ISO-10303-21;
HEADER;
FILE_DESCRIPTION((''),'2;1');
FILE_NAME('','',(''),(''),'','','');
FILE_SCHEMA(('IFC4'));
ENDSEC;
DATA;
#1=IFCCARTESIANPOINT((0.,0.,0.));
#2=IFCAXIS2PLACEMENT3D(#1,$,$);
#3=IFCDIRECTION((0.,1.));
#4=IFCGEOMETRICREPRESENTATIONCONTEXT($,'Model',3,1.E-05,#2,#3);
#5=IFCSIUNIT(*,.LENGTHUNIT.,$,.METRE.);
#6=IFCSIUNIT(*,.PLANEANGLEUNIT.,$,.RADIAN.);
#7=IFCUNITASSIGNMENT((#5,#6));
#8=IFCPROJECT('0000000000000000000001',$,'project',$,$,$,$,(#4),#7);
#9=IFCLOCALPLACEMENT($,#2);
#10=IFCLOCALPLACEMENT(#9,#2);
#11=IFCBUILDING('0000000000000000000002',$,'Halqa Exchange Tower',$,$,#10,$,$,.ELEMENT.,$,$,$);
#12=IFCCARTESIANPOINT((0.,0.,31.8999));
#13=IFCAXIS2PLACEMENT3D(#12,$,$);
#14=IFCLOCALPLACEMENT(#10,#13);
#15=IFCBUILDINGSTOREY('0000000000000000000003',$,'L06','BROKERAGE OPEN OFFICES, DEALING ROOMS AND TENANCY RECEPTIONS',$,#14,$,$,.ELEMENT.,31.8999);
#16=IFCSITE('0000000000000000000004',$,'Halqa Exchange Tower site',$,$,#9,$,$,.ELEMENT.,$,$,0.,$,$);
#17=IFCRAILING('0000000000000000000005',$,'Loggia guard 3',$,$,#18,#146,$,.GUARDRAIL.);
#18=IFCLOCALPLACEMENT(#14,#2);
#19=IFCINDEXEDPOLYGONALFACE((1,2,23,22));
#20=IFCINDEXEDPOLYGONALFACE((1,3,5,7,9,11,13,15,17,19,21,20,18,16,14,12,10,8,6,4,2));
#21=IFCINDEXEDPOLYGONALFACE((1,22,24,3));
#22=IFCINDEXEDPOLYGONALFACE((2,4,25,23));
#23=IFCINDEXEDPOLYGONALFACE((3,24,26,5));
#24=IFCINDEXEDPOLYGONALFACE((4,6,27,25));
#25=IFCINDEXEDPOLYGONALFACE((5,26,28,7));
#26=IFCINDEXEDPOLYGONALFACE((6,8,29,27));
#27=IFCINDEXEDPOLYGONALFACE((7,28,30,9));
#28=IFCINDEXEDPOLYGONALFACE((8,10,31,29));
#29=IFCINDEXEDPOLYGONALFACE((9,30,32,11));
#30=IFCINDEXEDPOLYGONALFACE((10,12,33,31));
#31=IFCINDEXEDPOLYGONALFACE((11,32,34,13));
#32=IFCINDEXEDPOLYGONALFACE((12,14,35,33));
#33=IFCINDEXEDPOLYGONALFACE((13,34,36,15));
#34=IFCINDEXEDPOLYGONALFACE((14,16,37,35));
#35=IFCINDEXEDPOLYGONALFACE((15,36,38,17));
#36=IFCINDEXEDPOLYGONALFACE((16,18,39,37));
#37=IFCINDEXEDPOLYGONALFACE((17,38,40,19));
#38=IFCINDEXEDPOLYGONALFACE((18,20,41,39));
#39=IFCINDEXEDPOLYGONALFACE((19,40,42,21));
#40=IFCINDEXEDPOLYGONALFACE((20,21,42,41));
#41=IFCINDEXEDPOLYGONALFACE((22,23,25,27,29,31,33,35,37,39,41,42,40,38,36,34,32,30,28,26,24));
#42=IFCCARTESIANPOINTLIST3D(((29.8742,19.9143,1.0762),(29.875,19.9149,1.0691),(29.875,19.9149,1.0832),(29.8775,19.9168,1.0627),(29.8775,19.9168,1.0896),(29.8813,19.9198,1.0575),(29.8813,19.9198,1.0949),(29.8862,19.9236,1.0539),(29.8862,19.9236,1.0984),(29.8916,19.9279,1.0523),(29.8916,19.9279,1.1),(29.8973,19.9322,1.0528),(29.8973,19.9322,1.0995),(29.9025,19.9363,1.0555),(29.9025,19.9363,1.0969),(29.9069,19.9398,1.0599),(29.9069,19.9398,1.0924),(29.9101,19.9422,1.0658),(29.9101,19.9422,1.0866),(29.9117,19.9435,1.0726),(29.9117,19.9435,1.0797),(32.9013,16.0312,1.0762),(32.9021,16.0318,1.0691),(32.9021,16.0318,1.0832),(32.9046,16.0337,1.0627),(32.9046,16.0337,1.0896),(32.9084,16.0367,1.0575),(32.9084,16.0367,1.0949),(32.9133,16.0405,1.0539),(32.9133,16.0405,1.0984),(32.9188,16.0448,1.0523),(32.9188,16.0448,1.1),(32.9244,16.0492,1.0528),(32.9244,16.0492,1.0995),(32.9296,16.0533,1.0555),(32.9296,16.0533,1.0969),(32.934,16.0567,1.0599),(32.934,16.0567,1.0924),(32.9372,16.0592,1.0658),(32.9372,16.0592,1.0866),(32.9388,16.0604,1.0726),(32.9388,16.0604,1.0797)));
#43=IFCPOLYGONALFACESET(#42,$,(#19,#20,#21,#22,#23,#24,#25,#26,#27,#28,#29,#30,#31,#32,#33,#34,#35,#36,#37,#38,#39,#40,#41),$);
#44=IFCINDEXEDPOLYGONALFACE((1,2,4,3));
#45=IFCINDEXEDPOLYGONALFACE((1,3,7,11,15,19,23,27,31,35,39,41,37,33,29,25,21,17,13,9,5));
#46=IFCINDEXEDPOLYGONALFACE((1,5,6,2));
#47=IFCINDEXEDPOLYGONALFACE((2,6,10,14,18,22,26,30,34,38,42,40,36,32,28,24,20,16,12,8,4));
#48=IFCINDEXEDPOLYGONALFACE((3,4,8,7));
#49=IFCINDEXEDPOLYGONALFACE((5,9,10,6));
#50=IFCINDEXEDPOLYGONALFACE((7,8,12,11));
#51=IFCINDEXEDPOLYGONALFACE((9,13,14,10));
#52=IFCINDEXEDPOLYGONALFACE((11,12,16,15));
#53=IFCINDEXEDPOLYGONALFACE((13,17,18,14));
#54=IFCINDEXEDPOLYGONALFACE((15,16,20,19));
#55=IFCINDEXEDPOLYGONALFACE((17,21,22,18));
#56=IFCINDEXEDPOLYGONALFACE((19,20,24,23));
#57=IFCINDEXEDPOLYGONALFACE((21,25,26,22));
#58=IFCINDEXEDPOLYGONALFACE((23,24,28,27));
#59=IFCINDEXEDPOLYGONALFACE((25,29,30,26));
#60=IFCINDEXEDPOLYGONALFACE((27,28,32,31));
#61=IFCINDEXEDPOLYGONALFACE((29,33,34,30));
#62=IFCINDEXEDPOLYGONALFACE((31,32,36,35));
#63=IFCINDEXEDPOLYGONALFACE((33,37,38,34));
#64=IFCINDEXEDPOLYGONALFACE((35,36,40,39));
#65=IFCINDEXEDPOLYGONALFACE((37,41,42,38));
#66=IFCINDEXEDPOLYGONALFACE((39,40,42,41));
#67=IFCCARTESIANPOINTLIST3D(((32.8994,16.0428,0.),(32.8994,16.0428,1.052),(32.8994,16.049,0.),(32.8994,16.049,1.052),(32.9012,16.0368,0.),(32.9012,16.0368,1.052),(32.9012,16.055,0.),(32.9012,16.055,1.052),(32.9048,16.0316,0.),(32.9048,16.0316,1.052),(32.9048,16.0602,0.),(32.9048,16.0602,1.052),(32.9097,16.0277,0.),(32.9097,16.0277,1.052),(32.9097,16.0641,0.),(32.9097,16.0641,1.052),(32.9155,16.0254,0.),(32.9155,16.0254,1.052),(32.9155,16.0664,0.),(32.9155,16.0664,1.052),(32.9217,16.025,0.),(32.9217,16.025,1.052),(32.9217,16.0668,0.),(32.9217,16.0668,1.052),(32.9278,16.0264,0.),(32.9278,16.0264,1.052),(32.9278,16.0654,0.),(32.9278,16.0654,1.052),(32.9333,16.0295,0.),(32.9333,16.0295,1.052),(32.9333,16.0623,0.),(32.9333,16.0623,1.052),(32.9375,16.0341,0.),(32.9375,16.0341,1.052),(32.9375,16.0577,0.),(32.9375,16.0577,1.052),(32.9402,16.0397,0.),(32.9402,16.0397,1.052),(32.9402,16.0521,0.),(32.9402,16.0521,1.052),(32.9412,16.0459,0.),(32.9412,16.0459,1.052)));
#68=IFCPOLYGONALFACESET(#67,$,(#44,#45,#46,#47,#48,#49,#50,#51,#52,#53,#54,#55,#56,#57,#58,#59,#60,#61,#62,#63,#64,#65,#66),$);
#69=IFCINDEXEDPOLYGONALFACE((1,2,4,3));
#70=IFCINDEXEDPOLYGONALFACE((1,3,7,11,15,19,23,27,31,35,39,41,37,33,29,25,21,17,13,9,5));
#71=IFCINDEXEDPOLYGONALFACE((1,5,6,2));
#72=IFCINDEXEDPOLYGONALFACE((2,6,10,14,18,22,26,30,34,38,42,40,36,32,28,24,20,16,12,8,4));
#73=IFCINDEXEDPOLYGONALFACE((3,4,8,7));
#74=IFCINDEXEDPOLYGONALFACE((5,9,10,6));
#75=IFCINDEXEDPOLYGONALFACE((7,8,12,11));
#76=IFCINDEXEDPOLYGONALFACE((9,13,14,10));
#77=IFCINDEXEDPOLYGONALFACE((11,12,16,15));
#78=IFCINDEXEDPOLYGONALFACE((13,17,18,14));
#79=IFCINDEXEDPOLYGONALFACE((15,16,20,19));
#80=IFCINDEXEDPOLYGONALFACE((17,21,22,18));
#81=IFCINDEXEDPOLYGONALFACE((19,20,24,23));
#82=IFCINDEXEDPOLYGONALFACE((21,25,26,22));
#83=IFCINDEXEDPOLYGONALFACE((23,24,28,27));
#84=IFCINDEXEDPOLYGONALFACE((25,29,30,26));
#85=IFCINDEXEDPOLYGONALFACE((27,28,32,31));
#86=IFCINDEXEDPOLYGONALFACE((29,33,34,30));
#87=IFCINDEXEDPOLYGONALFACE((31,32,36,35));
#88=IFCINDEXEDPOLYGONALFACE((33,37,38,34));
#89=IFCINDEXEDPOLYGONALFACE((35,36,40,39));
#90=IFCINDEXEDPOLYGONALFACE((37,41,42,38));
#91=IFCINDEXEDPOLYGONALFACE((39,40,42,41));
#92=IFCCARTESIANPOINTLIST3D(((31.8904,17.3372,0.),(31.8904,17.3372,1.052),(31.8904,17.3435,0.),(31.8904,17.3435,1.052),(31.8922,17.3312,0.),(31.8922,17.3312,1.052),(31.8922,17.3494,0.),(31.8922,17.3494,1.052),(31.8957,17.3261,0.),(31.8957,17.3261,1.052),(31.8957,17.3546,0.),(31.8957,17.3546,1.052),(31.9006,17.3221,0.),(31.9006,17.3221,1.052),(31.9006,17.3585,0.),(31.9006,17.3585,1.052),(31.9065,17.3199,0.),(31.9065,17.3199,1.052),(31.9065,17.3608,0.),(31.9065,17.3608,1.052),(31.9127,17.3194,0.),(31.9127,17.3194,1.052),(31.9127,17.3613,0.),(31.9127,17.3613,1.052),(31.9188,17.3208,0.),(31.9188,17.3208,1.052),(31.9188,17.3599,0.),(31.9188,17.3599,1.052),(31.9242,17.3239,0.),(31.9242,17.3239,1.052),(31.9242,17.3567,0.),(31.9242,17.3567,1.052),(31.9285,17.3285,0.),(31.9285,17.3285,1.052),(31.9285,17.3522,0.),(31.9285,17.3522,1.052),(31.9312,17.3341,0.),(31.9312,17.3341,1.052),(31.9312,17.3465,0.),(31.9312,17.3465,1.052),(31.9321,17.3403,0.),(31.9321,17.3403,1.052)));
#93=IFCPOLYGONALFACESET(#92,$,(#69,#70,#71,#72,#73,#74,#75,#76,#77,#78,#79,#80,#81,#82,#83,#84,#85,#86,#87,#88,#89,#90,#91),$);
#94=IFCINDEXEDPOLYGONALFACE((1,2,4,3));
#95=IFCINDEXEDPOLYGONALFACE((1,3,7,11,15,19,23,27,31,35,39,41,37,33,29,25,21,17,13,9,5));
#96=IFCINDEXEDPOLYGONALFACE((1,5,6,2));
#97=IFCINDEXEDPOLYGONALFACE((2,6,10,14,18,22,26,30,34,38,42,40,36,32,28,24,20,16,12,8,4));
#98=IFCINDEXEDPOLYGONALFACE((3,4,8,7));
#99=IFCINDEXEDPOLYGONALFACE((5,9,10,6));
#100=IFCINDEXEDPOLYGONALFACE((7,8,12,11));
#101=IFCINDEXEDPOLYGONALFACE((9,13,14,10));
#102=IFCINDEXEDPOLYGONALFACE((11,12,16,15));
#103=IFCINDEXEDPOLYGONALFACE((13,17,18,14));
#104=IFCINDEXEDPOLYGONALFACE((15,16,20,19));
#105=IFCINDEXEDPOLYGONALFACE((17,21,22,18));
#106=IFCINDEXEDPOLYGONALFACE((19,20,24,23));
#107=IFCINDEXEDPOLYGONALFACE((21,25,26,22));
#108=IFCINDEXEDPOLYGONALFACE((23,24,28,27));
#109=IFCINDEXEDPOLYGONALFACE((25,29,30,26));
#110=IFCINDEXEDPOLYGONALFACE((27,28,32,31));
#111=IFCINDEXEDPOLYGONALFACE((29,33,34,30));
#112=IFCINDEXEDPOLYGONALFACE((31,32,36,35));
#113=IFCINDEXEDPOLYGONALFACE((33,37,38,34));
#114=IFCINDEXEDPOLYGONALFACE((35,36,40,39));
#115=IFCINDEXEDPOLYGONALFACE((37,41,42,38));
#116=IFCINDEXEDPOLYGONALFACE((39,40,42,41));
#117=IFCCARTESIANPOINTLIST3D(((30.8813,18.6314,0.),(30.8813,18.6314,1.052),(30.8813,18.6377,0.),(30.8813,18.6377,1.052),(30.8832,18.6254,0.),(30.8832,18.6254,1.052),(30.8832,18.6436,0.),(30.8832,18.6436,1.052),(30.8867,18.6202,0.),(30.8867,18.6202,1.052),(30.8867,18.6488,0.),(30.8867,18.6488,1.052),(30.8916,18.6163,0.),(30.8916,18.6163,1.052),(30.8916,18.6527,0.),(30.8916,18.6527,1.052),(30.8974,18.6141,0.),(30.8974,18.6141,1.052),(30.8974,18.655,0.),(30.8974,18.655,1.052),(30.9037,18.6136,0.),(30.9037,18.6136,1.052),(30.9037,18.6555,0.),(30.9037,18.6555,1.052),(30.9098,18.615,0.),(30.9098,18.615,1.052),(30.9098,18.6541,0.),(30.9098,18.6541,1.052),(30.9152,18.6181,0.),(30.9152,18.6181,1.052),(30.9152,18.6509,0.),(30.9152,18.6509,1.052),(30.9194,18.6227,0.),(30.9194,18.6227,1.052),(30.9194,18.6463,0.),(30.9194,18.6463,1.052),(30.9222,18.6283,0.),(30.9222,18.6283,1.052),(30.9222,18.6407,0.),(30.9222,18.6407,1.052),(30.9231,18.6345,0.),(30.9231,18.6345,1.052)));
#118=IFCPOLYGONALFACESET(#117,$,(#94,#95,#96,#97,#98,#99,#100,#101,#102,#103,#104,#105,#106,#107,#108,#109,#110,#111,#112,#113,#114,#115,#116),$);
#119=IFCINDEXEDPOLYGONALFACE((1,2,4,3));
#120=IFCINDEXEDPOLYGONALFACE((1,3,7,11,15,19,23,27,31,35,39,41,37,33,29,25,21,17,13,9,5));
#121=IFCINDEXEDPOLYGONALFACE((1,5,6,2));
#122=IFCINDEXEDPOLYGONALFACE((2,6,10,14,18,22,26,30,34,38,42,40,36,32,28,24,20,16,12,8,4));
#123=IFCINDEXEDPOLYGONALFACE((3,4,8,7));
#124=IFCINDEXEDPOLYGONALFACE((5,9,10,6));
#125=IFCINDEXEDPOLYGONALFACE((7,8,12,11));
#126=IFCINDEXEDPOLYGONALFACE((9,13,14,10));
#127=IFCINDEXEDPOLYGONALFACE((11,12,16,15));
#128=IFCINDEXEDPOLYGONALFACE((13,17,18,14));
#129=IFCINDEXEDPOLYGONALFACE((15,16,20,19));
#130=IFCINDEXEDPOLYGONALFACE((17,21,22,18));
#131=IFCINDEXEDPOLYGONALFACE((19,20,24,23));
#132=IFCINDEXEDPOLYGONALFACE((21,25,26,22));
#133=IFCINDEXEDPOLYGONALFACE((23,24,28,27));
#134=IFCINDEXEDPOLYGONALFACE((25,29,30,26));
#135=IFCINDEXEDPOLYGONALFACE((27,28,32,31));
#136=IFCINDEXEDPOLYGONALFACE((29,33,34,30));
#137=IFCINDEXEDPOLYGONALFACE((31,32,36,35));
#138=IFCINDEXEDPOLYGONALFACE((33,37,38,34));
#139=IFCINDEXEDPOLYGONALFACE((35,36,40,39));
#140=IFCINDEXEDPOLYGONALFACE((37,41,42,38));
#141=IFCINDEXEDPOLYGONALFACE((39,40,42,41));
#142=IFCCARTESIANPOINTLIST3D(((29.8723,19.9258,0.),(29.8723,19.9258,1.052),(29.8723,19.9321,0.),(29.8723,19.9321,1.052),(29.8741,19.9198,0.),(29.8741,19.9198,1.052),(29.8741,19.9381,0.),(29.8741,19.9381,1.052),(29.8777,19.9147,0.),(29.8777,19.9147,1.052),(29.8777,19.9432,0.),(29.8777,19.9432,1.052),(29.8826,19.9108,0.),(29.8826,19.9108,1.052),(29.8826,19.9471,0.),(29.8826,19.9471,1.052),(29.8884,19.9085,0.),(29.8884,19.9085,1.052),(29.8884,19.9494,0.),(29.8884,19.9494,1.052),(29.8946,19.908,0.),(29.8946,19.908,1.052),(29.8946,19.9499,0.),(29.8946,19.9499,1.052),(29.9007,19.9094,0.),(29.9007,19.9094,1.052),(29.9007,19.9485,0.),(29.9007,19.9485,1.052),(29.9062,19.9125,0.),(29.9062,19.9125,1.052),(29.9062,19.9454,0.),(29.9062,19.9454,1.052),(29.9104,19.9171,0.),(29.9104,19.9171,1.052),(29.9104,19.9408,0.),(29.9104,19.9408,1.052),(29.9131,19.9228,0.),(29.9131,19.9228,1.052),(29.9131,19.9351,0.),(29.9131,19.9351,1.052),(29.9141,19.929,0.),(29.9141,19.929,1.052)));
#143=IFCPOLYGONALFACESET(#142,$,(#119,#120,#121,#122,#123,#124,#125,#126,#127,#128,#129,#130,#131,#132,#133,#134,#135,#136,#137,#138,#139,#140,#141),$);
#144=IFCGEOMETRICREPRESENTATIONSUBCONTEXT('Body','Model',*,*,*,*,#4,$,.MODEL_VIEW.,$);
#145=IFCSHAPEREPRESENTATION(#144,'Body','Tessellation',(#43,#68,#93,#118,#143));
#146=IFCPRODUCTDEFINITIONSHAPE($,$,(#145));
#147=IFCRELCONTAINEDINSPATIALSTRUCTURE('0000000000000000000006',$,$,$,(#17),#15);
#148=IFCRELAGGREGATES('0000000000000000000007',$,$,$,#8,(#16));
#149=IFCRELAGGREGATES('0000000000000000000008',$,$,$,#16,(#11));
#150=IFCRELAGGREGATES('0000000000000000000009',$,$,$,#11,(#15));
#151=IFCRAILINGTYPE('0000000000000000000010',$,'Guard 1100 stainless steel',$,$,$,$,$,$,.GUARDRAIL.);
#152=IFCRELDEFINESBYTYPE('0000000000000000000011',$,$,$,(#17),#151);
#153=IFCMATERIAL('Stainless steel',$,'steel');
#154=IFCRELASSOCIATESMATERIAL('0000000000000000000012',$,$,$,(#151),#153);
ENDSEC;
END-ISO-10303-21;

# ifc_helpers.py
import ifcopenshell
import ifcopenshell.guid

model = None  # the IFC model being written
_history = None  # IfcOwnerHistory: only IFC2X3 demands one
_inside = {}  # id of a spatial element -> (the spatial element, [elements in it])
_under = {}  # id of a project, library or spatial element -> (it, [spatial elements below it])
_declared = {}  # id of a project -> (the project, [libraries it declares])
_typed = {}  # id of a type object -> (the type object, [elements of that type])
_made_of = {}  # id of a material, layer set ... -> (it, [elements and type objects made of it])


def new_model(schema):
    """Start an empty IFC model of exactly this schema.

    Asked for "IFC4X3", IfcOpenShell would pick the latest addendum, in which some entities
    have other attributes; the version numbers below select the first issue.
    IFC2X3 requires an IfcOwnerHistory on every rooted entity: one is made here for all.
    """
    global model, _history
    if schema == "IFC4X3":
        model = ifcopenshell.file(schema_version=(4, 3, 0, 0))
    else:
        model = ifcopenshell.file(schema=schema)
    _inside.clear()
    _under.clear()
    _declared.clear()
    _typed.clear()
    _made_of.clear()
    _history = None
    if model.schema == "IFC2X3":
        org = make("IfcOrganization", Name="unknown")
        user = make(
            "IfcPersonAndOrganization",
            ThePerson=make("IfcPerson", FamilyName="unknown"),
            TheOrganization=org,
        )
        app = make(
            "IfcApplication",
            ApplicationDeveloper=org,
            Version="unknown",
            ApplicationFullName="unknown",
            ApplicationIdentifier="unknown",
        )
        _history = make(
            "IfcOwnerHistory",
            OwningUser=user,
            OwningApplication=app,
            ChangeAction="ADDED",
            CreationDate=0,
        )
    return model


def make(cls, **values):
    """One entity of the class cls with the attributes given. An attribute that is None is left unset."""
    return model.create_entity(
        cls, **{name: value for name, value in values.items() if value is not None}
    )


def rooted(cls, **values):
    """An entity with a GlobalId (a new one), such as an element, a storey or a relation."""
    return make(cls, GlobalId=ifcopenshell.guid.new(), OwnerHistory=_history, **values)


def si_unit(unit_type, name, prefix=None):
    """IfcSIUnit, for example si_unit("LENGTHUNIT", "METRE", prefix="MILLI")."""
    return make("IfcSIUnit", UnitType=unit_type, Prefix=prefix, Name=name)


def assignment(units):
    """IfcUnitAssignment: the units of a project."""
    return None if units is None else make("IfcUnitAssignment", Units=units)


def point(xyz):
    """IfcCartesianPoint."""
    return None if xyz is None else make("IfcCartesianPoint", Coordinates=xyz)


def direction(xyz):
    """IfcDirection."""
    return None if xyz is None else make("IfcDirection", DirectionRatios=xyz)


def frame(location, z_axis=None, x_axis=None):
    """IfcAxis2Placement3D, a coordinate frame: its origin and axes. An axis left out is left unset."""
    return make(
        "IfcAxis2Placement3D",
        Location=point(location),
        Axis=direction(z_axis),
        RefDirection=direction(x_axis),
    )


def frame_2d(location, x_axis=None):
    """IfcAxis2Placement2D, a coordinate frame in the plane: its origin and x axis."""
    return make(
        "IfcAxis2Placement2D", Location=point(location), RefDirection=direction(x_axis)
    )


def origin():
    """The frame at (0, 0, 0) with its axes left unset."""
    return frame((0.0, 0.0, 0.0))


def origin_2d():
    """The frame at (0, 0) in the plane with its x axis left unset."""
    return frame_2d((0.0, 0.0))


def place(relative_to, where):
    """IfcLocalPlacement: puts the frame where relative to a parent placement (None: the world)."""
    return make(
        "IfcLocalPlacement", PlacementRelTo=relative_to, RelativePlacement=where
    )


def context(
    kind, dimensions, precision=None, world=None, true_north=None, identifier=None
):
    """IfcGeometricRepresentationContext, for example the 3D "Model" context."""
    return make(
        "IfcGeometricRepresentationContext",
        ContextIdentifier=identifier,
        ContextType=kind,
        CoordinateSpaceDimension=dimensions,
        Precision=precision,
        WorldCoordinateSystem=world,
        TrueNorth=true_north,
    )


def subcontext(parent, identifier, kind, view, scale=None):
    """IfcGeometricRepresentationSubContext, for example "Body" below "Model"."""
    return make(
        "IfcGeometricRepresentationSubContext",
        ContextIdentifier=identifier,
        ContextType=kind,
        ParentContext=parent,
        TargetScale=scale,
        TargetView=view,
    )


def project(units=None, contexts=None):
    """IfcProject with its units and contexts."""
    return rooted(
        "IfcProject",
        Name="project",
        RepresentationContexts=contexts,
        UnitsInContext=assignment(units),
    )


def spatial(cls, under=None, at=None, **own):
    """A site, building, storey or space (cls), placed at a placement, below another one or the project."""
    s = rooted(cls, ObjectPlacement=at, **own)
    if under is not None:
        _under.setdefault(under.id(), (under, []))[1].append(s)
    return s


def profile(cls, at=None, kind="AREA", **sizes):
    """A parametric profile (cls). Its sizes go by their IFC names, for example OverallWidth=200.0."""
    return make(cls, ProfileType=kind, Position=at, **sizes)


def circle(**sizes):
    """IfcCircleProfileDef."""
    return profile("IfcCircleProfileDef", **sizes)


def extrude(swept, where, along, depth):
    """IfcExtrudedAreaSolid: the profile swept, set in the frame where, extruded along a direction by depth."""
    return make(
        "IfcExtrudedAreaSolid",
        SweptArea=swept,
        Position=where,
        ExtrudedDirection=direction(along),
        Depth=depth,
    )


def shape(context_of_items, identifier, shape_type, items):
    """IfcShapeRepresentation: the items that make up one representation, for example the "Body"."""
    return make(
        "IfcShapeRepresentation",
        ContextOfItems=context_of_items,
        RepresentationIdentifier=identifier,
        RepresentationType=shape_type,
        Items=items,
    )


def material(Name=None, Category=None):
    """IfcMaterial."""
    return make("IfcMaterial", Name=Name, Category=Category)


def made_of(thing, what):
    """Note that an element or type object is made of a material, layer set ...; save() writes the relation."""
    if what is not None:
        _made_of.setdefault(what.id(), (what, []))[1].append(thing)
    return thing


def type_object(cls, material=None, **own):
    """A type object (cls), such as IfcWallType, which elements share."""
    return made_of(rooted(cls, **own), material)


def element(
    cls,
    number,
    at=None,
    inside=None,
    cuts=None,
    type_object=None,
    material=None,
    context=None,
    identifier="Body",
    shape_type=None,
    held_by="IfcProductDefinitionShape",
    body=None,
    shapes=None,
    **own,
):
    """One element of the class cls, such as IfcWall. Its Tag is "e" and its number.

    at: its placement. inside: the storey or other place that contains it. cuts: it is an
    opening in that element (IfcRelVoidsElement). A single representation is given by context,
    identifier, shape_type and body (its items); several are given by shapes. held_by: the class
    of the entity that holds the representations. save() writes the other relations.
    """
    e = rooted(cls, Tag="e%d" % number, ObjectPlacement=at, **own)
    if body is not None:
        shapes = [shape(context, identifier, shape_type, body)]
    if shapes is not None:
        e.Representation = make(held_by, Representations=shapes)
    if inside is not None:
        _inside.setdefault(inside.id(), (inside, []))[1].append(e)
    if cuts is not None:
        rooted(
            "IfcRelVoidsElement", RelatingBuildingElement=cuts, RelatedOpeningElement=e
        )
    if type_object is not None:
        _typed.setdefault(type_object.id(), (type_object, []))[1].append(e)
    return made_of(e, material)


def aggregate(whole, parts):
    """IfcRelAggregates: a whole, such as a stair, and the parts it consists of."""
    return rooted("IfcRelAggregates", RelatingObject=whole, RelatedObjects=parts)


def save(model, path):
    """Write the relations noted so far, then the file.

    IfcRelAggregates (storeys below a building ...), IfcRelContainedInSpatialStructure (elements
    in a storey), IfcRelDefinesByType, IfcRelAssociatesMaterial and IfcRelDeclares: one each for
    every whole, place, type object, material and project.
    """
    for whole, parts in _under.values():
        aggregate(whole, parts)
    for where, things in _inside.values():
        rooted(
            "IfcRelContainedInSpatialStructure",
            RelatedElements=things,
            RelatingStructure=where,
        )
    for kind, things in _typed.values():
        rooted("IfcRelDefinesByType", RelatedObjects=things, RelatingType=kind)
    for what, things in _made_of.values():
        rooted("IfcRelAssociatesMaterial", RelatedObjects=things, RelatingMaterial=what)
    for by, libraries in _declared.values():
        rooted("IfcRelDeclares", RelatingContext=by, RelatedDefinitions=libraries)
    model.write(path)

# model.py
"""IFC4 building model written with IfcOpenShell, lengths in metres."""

from ifc_helpers import new_model, si_unit, direction, frame, origin, origin_2d, place, context, subcontext, project, spatial, circle, extrude, material, type_object, element, save


model = new_model("IFC4")

# Units and contexts
model_context = context("Model", 3, precision=1e-05, world=origin(), true_north=direction((0.0, 1.0)))
body_context = subcontext(model_context, "Body", "Model", "MODEL_VIEW")
ifc_project = project(units=[si_unit("LENGTHUNIT", "METRE"), si_unit("PLANEANGLEUNIT", "RADIAN")], contexts=[model_context])

# Site, building, storey
site_placement = place(None, origin())
site = spatial("IfcSite", under=ifc_project, at=site_placement, Name="Halqa Exchange Tower site", CompositionType="ELEMENT", RefElevation=0.0)
building_placement = place(site_placement, origin())
building = spatial("IfcBuilding", under=site, at=building_placement, Name="Halqa Exchange Tower", CompositionType="ELEMENT")
storey_placement = place(building_placement, frame((0.0, 0.0, 31.8999)))
storey = spatial("IfcBuildingStorey", under=building, at=storey_placement, Name="L06", Description="BROKERAGE OPEN OFFICES, DEALING ROOMS AND TENANCY RECEPTIONS", CompositionType="ELEMENT", Elevation=31.8999)

# Railing
ifc_material_1 = material(Name="Stainless steel", Category="steel")
railing_type = type_object("IfcRailingType", Name="Guard 1100 stainless steel", PredefinedType="GUARDRAIL", material=ifc_material_1)
railing_1_placement = place(storey_placement, frame((32.9202, 16.0459, 0.0)))
element("IfcRailing", 1, at=railing_1_placement, inside=storey, type_object=railing_type, Name="Loggia guard 3", PredefinedType="GUARDRAIL", context=body_context, shape_type="SweptSolid", body=[
    extrude(circle(Radius=0.0239, at=origin_2d()), frame((0.0, 0.0, 1.0762), z_axis=(-0.614819, 0.788668, 0.0), x_axis=(-0.788668, -0.614819, 0.0)), (0.0, 0.0, 1.0), 4.9236),
    extrude(circle(Radius=0.021, at=origin_2d()), origin(), (0.0, 0.0, 1.0), 1.052),
    extrude(circle(Radius=0.021, at=origin_2d()), frame((-1.009, 1.2944, 0.0)), (0.0, 0.0, 1.0), 1.052),
    extrude(circle(Radius=0.021, at=origin_2d()), frame((-2.0181, 2.5886, 0.0)), (0.0, 0.0, 1.0), 1.052),
    extrude(circle(Radius=0.021, at=origin_2d()), frame((-3.0271, 3.8831, 0.0)), (0.0, 0.0, 1.0), 1.052),
])

save(model, "model.ifc")
